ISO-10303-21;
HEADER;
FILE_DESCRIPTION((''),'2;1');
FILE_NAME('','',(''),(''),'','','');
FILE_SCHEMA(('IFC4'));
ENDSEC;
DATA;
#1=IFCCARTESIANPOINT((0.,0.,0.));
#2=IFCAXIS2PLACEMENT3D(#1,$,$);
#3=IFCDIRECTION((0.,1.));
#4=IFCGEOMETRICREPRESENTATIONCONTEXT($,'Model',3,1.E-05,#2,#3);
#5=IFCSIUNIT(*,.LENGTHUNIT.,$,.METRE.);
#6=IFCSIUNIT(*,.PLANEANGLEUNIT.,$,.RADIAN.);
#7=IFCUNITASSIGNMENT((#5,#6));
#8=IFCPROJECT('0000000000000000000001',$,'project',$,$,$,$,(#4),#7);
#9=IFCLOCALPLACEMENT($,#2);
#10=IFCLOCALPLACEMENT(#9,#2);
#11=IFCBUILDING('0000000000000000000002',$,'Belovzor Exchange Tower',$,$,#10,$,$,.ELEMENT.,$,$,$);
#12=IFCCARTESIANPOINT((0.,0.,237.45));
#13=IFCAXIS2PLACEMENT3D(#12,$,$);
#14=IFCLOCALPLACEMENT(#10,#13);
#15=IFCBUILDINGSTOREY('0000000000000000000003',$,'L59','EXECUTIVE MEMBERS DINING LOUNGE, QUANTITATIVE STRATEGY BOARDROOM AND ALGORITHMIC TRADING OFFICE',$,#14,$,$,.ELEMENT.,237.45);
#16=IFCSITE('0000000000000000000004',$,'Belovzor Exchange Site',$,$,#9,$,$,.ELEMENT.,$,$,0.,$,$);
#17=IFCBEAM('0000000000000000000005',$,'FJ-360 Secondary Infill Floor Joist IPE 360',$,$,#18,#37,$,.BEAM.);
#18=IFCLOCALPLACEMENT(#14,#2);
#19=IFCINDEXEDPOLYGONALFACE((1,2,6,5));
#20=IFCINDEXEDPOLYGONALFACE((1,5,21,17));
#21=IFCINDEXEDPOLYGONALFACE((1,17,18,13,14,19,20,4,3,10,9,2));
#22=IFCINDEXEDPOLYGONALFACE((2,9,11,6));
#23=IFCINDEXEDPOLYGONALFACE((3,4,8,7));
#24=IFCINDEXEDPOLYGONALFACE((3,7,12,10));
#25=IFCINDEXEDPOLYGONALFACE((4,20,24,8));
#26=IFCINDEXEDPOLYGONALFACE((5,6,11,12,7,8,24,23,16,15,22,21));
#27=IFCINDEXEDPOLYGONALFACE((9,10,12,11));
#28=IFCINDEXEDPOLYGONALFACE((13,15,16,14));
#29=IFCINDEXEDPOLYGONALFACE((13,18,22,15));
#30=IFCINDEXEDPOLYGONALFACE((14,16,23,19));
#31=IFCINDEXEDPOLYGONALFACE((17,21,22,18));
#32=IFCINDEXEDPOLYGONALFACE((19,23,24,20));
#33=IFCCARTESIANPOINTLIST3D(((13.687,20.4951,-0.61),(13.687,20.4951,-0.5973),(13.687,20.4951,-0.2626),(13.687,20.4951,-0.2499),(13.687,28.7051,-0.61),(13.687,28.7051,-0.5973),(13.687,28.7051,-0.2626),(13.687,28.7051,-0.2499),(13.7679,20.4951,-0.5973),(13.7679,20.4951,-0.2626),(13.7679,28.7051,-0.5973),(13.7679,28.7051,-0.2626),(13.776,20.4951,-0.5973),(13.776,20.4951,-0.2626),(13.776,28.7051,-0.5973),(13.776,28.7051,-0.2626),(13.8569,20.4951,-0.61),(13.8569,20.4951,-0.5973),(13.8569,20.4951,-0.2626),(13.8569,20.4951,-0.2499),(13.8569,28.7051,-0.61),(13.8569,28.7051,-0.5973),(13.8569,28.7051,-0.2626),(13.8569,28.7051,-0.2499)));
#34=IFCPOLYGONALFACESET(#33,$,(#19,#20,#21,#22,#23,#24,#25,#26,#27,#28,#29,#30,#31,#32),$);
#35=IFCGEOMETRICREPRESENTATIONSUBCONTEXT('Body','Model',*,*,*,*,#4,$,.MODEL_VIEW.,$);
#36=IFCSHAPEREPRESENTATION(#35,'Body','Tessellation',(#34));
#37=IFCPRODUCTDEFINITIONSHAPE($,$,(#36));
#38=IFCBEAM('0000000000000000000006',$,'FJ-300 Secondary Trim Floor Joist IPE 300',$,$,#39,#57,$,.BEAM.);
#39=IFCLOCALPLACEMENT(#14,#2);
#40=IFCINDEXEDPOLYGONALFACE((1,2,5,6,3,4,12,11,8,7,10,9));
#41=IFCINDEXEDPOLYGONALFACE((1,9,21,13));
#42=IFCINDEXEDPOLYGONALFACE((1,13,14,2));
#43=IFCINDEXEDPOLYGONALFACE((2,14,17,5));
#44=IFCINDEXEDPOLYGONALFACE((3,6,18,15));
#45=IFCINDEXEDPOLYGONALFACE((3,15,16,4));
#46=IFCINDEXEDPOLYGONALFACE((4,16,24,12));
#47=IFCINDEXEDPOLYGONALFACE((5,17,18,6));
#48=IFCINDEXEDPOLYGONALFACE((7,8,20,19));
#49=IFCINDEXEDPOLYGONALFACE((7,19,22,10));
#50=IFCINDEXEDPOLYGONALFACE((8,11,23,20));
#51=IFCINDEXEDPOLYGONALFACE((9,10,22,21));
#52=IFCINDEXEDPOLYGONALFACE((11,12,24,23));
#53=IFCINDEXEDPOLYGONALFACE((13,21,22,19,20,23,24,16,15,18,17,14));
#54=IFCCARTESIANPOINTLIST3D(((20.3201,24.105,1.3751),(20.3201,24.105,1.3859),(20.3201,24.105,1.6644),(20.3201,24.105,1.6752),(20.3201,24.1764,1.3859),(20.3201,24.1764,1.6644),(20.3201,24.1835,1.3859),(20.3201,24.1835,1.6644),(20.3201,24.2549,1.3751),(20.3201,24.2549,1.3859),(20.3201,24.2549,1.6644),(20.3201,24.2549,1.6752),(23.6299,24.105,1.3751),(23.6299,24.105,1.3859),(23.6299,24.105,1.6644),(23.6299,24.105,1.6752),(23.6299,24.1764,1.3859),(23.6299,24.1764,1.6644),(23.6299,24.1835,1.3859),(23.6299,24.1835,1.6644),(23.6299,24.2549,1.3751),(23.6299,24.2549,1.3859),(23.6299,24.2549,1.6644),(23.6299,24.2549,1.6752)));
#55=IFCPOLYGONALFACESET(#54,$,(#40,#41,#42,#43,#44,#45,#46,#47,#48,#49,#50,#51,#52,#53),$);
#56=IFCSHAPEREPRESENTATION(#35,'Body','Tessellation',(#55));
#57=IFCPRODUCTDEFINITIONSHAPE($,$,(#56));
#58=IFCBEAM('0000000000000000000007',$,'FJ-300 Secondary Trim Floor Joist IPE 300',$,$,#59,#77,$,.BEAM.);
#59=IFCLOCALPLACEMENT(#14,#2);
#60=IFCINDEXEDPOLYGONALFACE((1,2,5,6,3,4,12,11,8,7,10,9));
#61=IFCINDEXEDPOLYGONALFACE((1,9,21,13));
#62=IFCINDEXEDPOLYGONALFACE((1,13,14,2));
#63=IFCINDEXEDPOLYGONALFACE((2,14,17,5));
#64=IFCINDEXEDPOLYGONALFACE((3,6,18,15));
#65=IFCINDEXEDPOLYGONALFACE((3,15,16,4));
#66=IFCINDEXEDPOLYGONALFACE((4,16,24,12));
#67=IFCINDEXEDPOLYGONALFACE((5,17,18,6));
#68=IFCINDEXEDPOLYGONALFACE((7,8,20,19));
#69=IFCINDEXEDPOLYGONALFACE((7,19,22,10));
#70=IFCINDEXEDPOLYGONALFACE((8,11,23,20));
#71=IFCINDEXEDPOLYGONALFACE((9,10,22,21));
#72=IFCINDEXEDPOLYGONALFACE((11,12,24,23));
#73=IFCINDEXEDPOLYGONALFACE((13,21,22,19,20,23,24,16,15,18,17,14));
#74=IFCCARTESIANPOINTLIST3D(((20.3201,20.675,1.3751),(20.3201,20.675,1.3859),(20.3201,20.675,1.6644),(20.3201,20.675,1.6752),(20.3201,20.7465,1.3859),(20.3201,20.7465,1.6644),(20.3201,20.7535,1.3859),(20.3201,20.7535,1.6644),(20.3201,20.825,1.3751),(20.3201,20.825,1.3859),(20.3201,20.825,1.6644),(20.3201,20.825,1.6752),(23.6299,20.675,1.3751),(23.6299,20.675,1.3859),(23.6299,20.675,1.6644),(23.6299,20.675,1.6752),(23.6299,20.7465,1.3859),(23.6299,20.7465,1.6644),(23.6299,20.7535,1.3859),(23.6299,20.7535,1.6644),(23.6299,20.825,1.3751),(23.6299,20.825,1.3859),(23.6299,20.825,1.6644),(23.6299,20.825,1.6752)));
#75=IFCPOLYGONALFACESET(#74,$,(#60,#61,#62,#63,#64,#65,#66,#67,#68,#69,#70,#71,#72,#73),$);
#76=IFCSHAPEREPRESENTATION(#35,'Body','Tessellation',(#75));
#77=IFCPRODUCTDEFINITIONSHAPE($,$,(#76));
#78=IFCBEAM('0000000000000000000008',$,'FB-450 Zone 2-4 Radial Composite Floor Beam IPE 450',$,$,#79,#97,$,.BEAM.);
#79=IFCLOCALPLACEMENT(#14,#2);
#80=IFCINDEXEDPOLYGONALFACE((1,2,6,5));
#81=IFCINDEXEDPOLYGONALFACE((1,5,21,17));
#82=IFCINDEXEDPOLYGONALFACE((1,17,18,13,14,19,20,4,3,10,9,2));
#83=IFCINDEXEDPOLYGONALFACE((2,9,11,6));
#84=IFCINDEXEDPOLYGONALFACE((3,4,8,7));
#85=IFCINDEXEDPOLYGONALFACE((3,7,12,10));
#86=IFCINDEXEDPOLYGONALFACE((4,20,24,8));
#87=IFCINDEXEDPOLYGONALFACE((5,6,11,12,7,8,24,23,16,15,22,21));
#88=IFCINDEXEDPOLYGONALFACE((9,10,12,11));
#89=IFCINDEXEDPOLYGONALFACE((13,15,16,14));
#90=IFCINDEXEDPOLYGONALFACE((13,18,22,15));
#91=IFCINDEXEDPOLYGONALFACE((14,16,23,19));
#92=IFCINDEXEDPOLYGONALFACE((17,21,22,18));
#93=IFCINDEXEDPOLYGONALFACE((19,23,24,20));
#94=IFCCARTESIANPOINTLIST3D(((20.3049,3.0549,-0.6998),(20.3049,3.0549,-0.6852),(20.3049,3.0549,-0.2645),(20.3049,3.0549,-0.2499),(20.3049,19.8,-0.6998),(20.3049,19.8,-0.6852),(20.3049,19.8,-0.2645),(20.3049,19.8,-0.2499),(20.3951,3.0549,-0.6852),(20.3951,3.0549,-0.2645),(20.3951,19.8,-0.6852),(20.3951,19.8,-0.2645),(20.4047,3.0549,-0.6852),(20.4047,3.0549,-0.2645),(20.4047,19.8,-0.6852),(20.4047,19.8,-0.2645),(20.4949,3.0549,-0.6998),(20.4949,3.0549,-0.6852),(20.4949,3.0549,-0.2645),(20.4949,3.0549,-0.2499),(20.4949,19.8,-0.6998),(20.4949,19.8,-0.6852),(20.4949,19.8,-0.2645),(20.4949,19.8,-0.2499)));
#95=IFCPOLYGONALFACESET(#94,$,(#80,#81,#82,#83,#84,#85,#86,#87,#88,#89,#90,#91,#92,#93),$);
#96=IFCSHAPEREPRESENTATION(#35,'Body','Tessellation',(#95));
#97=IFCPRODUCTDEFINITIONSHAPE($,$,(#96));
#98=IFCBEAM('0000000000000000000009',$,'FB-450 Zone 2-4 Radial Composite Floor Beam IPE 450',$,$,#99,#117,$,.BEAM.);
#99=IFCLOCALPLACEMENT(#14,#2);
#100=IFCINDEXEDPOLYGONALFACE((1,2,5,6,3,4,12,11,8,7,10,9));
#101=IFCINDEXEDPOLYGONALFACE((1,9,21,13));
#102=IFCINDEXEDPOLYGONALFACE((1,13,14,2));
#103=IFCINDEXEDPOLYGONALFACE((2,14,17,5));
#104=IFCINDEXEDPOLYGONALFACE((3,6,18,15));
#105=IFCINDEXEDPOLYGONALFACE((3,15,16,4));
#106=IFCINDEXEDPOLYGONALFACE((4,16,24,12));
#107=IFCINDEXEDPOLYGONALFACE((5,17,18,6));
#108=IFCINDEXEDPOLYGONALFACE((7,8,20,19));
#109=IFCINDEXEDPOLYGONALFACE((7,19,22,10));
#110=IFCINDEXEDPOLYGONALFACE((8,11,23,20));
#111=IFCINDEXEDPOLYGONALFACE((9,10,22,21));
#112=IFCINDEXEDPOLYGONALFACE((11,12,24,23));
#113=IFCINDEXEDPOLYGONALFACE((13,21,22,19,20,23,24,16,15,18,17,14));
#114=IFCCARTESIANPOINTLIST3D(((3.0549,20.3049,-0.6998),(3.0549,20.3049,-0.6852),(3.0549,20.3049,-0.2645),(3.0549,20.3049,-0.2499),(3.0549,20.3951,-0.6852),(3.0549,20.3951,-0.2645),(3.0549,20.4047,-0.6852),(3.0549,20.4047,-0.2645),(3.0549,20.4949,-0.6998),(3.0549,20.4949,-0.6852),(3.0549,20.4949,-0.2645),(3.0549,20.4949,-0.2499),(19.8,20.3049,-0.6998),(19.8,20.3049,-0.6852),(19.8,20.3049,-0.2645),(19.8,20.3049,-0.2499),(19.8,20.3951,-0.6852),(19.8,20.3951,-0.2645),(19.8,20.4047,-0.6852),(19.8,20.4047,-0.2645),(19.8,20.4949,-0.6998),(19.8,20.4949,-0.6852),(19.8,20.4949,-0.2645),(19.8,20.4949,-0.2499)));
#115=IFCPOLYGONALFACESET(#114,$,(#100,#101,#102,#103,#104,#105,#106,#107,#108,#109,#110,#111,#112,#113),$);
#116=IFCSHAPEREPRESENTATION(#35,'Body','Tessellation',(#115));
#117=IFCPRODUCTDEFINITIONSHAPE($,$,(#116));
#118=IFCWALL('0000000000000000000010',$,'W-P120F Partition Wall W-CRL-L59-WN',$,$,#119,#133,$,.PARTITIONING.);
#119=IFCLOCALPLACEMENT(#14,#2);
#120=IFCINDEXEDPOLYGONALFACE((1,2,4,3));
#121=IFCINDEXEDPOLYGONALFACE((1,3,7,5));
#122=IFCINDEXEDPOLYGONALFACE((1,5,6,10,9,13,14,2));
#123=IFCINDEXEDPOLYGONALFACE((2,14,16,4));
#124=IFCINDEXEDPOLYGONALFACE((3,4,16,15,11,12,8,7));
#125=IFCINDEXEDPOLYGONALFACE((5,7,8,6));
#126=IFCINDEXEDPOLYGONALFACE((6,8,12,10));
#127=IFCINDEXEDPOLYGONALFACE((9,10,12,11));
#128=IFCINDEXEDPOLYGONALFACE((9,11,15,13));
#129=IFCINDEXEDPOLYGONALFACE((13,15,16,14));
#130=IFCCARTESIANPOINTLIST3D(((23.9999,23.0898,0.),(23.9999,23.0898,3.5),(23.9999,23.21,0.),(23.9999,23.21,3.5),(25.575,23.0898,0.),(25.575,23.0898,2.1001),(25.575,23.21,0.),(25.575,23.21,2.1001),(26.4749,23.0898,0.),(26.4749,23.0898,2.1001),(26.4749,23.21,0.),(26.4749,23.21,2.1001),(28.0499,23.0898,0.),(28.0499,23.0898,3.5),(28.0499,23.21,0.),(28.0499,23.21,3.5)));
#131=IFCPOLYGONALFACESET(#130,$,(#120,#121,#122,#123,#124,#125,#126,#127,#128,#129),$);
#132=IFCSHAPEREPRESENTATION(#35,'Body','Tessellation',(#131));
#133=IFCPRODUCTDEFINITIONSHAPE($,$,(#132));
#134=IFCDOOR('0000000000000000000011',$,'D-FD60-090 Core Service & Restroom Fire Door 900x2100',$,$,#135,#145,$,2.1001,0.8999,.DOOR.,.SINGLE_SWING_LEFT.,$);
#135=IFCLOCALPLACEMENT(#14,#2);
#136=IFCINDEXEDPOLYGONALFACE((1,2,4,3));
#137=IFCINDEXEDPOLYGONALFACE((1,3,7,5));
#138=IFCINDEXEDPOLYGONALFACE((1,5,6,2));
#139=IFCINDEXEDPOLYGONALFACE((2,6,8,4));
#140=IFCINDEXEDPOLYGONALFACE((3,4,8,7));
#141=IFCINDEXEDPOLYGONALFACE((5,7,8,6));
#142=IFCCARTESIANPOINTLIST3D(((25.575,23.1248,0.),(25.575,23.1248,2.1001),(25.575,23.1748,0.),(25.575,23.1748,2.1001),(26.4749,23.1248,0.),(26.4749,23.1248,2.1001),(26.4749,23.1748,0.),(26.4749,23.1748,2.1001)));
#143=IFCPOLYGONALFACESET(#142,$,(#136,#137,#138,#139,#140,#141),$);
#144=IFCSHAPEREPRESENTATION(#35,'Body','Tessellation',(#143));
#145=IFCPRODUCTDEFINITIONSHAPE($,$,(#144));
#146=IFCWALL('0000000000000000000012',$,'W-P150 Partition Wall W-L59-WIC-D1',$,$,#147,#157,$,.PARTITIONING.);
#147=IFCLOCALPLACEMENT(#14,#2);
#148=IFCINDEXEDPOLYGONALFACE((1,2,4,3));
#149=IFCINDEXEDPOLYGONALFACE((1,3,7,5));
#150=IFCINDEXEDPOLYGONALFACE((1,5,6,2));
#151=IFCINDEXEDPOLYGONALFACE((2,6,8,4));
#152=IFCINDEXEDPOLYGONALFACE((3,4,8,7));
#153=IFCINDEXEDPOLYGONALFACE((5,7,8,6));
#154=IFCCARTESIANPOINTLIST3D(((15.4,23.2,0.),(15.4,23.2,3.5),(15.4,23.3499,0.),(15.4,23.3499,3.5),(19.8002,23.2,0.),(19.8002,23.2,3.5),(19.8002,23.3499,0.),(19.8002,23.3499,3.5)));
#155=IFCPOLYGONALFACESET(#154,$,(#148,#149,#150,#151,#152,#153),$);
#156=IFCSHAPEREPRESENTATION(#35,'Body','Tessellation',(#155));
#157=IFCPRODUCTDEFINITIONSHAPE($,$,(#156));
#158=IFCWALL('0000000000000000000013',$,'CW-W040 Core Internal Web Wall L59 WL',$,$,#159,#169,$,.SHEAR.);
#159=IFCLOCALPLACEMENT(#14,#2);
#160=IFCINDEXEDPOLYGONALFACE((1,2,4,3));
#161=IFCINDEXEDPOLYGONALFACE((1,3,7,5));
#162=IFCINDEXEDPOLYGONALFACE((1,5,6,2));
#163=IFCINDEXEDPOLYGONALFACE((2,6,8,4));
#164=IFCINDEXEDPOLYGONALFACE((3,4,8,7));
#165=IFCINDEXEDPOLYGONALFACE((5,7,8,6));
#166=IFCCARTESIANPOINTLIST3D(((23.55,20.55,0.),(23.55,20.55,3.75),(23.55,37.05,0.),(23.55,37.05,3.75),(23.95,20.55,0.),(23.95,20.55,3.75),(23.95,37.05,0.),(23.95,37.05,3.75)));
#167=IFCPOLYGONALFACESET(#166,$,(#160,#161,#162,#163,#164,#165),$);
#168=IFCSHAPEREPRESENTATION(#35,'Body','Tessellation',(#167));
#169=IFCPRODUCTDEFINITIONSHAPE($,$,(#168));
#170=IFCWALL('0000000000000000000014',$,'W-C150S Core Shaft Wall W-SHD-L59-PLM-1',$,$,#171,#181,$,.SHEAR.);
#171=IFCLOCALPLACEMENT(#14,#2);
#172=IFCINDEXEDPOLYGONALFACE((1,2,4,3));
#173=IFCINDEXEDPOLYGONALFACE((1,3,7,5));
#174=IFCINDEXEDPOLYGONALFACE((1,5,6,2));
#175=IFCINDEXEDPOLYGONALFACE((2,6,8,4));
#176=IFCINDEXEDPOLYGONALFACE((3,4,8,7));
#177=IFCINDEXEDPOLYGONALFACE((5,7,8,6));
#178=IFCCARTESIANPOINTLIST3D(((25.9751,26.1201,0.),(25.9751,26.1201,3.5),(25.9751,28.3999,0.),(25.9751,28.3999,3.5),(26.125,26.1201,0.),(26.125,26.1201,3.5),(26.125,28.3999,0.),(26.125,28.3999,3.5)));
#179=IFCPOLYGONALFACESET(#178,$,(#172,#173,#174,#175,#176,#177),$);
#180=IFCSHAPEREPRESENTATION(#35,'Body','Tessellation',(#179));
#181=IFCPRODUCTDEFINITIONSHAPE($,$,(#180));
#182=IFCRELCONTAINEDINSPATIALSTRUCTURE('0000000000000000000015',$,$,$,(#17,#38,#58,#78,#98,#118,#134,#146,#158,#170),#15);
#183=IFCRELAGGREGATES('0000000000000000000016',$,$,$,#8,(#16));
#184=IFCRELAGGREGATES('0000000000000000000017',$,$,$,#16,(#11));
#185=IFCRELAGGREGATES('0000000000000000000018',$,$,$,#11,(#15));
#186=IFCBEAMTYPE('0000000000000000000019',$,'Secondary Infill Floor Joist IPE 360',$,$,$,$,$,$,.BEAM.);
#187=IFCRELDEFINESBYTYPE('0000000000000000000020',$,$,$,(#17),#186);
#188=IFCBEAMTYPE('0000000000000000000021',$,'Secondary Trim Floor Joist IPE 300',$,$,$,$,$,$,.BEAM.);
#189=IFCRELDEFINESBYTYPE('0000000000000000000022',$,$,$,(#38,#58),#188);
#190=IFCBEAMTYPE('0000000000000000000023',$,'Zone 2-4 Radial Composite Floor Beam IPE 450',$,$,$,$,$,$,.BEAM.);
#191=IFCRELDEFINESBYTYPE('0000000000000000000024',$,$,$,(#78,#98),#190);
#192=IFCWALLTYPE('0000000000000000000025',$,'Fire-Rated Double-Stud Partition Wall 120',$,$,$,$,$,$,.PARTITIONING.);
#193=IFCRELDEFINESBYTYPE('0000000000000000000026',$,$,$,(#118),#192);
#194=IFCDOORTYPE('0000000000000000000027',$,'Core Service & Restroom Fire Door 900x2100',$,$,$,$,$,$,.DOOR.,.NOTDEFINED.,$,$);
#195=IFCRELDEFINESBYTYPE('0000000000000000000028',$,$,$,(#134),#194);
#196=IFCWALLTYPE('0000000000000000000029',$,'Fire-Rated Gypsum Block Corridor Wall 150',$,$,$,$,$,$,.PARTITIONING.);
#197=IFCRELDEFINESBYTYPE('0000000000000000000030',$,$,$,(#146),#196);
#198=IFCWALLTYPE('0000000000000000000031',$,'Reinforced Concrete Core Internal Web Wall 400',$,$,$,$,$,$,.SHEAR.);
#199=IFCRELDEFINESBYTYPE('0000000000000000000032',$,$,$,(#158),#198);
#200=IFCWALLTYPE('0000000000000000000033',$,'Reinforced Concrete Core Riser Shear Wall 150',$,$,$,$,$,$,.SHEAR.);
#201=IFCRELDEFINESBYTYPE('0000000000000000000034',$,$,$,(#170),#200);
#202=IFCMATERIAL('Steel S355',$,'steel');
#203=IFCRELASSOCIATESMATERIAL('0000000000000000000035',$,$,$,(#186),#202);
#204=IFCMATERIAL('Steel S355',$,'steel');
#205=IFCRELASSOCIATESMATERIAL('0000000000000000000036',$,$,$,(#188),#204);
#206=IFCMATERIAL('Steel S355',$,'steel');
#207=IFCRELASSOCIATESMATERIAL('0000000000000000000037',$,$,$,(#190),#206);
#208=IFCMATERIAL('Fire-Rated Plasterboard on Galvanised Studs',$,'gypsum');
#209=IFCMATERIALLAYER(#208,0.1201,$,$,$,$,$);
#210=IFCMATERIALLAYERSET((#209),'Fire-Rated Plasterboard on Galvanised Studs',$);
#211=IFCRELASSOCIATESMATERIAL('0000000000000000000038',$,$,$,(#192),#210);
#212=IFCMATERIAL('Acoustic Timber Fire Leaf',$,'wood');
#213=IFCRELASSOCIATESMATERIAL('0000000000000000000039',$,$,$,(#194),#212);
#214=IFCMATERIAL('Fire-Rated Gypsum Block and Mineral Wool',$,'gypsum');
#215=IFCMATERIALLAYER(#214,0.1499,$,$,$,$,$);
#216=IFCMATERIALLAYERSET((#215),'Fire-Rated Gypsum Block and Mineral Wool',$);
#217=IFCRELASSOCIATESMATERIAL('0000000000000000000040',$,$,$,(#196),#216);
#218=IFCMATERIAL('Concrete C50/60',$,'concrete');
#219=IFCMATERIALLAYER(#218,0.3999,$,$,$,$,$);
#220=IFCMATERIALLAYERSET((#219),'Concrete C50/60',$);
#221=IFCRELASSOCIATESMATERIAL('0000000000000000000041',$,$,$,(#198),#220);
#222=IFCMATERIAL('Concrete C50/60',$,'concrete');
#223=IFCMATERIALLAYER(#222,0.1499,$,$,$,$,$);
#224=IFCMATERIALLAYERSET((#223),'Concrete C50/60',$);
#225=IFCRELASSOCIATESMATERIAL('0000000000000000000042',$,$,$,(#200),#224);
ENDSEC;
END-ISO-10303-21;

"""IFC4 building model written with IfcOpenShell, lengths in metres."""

from ifc_helpers import new_model, si_unit, direction, frame, frame_2d, origin, origin_2d, place, context, subcontext, project, spatial, rectangle, i_section, extrude, material, layer, layer_set, material_profile, profile_set, type_object, element, fill, save


model = new_model("IFC4")

# Units and contexts
model_context = context("Model", 3, precision=1e-05, world=origin(), true_north=direction((0.0, 1.0)))
body_context = subcontext(model_context, "Body", "Model", "MODEL_VIEW")
ifc_project = project(units=[si_unit("LENGTHUNIT", "METRE"), si_unit("PLANEANGLEUNIT", "RADIAN")], contexts=[model_context])

# Site, building, storey
site_placement = place(None, origin())
site = spatial("IfcSite", under=ifc_project, at=site_placement, Name="Belovzor Exchange Site", CompositionType="ELEMENT", RefElevation=0.0)
building_placement = place(site_placement, origin())
building = spatial("IfcBuilding", under=site, at=building_placement, Name="Belovzor Exchange Tower", CompositionType="ELEMENT")
storey_placement = place(building_placement, frame((0.0, 0.0, 237.45)))
storey = spatial("IfcBuildingStorey", under=building, at=storey_placement, Name="L59", Description="EXECUTIVE MEMBERS DINING LOUNGE, QUANTITATIVE STRATEGY BOARDROOM AND ALGORITHMIC TRADING OFFICE", CompositionType="ELEMENT", Elevation=237.45)

# Beams
ifc_material_1 = material(Name="Steel S355", Category="steel")
ifc_material_profile_1 = material_profile(ifc_material_1, i_section(OverallWidth=0.1699, OverallDepth=0.3601, WebThickness=0.0081, FlangeThickness=0.0127, at=origin_2d()))
ifc_profile_set_1 = profile_set([ifc_material_profile_1], Name="Steel S355")
beam_type_1 = type_object("IfcBeamType", Name="Secondary Infill Floor Joist IPE 360", PredefinedType="BEAM", material=ifc_profile_set_1)
beam_placement = place(storey_placement, frame((13.772, 20.4951, -0.4299), z_axis=(0.0, 1.0, 0.0), x_axis=(-1.0, 0.0, 0.0)))
element("IfcBeam", 1, at=beam_placement, inside=storey, type_object=beam_type_1, Name="FJ-360 Secondary Infill Floor Joist IPE 360", PredefinedType="BEAM", context=body_context, shape_type="SweptSolid", body=[
    extrude(i_section(OverallWidth=0.1699, OverallDepth=0.3601, WebThickness=0.0081, FlangeThickness=0.0127, at=origin_2d()), origin(), (0.0, 0.0, 1.0), 8.21),
])
ifc_material_2 = material(Name="Steel S355", Category="steel")
ifc_material_profile_2 = material_profile(ifc_material_2, i_section(OverallWidth=0.1499, OverallDepth=0.3, WebThickness=0.0071, FlangeThickness=0.0107, at=origin_2d()))
ifc_profile_set_2 = profile_set([ifc_material_profile_2], Name="Steel S355")
beam_type_2 = type_object("IfcBeamType", Name="Secondary Trim Floor Joist IPE 300", PredefinedType="BEAM", material=ifc_profile_set_2)
for number, where, z_axis, x_axis, name in (
    (2, (20.3201, 24.1799, 1.5251), (1.0, 0.0, 0.0), (0.0, 1.0, 0.0), "FJ-300 Secondary Trim Floor Joist IPE 300"),
    (3, (20.3201, 20.75, 1.5251), (1.0, 0.0, 0.0), (0.0, 1.0, 0.0), "FJ-300 Secondary Trim Floor Joist IPE 300"),
):
    element("IfcBeam", number, at=place(storey_placement, frame(where, z_axis=z_axis, x_axis=x_axis)), inside=storey, type_object=beam_type_2, Name=name, PredefinedType="BEAM", context=body_context, shape_type="SweptSolid", body=[
        extrude(i_section(OverallWidth=0.1499, OverallDepth=0.3, WebThickness=0.0071, FlangeThickness=0.0107, at=origin_2d()), origin(), (0.0, 0.0, 1.0), 3.3098),
    ])
ifc_material_3 = material(Name="Steel S355", Category="steel")
ifc_material_profile_3 = material_profile(ifc_material_3, i_section(OverallWidth=0.1899, OverallDepth=0.45, WebThickness=0.0095, FlangeThickness=0.0146, at=origin_2d()))
ifc_profile_set_3 = profile_set([ifc_material_profile_3], Name="Steel S355")
beam_type_3 = type_object("IfcBeamType", Name="Zone 2-4 Radial Composite Floor Beam IPE 450", PredefinedType="BEAM", material=ifc_profile_set_3)
for number, where, z_axis, x_axis, name in (
    (4, (20.3999, 19.8, -0.4749), (0.0, -1.0, 0.0), (1.0, 0.0, 0.0), "FB-450 Zone 2-4 Radial Composite Floor Beam IPE 450"),
    (5, (19.8, 20.3999, -0.4749), (-1.0, 0.0, 0.0), (0.0, -1.0, 0.0), "FB-450 Zone 2-4 Radial Composite Floor Beam IPE 450"),
):
    element("IfcBeam", number, at=place(storey_placement, frame(where, z_axis=z_axis, x_axis=x_axis)), inside=storey, type_object=beam_type_3, Name=name, PredefinedType="BEAM", context=body_context, shape_type="SweptSolid", body=[
        extrude(i_section(OverallWidth=0.1899, OverallDepth=0.45, WebThickness=0.0095, FlangeThickness=0.0146, at=origin_2d()), origin(), (0.0, 0.0, 1.0), 16.7451),
    ])

# Wall, opening, door
ifc_material_4 = material(Name="Fire-Rated Plasterboard on Galvanised Studs", Category="gypsum")
ifc_layer_1 = layer(ifc_material_4, 0.1201)
ifc_layer_set_1 = layer_set([ifc_layer_1], Name="Fire-Rated Plasterboard on Galvanised Studs")
wall_type_1 = type_object("IfcWallType", Name="Fire-Rated Double-Stud Partition Wall 120", PredefinedType="PARTITIONING", material=ifc_layer_set_1)
wall_1_placement = place(storey_placement, frame((24.0, 23.1499, 0.0), z_axis=(0.0, 0.0, 1.0), x_axis=(1.0, 0.0, 0.0)))
wall_1 = element("IfcWall", 6, at=wall_1_placement, inside=storey, type_object=wall_type_1, Name="W-P120F Partition Wall W-CRL-L59-WN", PredefinedType="PARTITIONING", context=body_context, shape_type="SweptSolid", body=[
    extrude(rectangle(XDim=4.05, YDim=0.1201, at=frame_2d((2.0249, 0.0))), origin(), (0.0, 0.0, 1.0), 3.5),
])
opening_1_placement = place(wall_1_placement, frame((1.575, 0.0, 0.0)))
opening_1 = element("IfcOpeningElement", 7, at=opening_1_placement, cuts=wall_1, PredefinedType="OPENING", context=body_context, shape_type="SweptSolid", body=[
    extrude(rectangle(XDim=0.8999, YDim=2.1001, at=frame_2d((0.45, 1.05))), frame((0.0, 0.0701, 0.0), z_axis=(0.0, -1.0, 0.0), x_axis=(1.0, 0.0, 0.0)), (0.0, 0.0, 1.0), 0.1401),
])
ifc_material_5 = material(Name="Acoustic Timber Fire Leaf", Category="wood")
door_type_1 = type_object("IfcDoorType", Name="Core Service & Restroom Fire Door 900x2100", OperationType="NOTDEFINED", PredefinedType="DOOR", material=ifc_material_5)
door_1_placement = place(opening_1_placement, origin())
door_1 = element("IfcDoor", 8, at=door_1_placement, inside=storey, type_object=door_type_1, Name="D-FD60-090 Core Service & Restroom Fire Door 900x2100", OperationType="SINGLE_SWING_LEFT", OverallHeight=2.1001, OverallWidth=0.8999, PredefinedType="DOOR", context=body_context, shape_type="SweptSolid", body=[
    extrude(rectangle(XDim=0.8999, YDim=2.1001, at=frame_2d((0.45, 1.05))), frame((0.0, 0.0249, 0.0), z_axis=(0.0, -1.0, 0.0), x_axis=(1.0, 0.0, 0.0)), (0.0, 0.0, 1.0), 0.05),
])
fill(opening_1, door_1)

# Walls
ifc_material_6 = material(Name="Fire-Rated Gypsum Block and Mineral Wool", Category="gypsum")
ifc_layer_2 = layer(ifc_material_6, 0.1499)
ifc_layer_set_2 = layer_set([ifc_layer_2], Name="Fire-Rated Gypsum Block and Mineral Wool")
wall_type_2 = type_object("IfcWallType", Name="Fire-Rated Gypsum Block Corridor Wall 150", PredefinedType="PARTITIONING", material=ifc_layer_set_2)
wall_2_placement = place(storey_placement, frame((15.3999, 23.2749, 0.0), z_axis=(0.0, 0.0, 1.0), x_axis=(1.0, 0.0, 0.0)))
element("IfcWall", 9, at=wall_2_placement, inside=storey, type_object=wall_type_2, Name="W-P150 Partition Wall W-L59-WIC-D1", PredefinedType="PARTITIONING", context=body_context, shape_type="SweptSolid", body=[
    extrude(rectangle(XDim=4.4001, YDim=0.1499, at=frame_2d((2.2002, 0.0))), origin(), (0.0, 0.0, 1.0), 3.5),
])
ifc_material_7 = material(Name="Concrete C50/60", Category="concrete")
ifc_layer_3 = layer(ifc_material_7, 0.3999)
ifc_layer_set_3 = layer_set([ifc_layer_3], Name="Concrete C50/60")
wall_type_3 = type_object("IfcWallType", Name="Reinforced Concrete Core Internal Web Wall 400", PredefinedType="SHEAR", material=ifc_layer_set_3)
wall_3_placement = place(storey_placement, frame((23.75, 20.55, 0.0), z_axis=(0.0, 0.0, 1.0), x_axis=(0.0, 1.0, 0.0)))
element("IfcWall", 10, at=wall_3_placement, inside=storey, type_object=wall_type_3, Name="CW-W040 Core Internal Web Wall L59 WL", PredefinedType="SHEAR", context=body_context, shape_type="SweptSolid", body=[
    extrude(rectangle(XDim=16.5, YDim=0.3999, at=frame_2d((8.25, 0.0))), origin(), (0.0, 0.0, 1.0), 3.75),
])
ifc_material_8 = material(Name="Concrete C50/60", Category="concrete")
ifc_layer_4 = layer(ifc_material_8, 0.1499)
ifc_layer_set_4 = layer_set([ifc_layer_4], Name="Concrete C50/60")
wall_type_4 = type_object("IfcWallType", Name="Reinforced Concrete Core Riser Shear Wall 150", PredefinedType="SHEAR", material=ifc_layer_set_4)
wall_4_placement = place(storey_placement, frame((26.05, 26.1201, 0.0), z_axis=(0.0, 0.0, 1.0), x_axis=(0.0, 1.0, 0.0)))
element("IfcWall", 11, at=wall_4_placement, inside=storey, type_object=wall_type_4, Name="W-C150S Core Shaft Wall W-SHD-L59-PLM-1", PredefinedType="SHEAR", context=body_context, shape_type="SweptSolid", body=[
    extrude(rectangle(XDim=2.2798, YDim=0.1499, at=frame_2d((1.1399, 0.0))), origin(), (0.0, 0.0, 1.0), 3.5),
])

save(model, "model.ifc")
